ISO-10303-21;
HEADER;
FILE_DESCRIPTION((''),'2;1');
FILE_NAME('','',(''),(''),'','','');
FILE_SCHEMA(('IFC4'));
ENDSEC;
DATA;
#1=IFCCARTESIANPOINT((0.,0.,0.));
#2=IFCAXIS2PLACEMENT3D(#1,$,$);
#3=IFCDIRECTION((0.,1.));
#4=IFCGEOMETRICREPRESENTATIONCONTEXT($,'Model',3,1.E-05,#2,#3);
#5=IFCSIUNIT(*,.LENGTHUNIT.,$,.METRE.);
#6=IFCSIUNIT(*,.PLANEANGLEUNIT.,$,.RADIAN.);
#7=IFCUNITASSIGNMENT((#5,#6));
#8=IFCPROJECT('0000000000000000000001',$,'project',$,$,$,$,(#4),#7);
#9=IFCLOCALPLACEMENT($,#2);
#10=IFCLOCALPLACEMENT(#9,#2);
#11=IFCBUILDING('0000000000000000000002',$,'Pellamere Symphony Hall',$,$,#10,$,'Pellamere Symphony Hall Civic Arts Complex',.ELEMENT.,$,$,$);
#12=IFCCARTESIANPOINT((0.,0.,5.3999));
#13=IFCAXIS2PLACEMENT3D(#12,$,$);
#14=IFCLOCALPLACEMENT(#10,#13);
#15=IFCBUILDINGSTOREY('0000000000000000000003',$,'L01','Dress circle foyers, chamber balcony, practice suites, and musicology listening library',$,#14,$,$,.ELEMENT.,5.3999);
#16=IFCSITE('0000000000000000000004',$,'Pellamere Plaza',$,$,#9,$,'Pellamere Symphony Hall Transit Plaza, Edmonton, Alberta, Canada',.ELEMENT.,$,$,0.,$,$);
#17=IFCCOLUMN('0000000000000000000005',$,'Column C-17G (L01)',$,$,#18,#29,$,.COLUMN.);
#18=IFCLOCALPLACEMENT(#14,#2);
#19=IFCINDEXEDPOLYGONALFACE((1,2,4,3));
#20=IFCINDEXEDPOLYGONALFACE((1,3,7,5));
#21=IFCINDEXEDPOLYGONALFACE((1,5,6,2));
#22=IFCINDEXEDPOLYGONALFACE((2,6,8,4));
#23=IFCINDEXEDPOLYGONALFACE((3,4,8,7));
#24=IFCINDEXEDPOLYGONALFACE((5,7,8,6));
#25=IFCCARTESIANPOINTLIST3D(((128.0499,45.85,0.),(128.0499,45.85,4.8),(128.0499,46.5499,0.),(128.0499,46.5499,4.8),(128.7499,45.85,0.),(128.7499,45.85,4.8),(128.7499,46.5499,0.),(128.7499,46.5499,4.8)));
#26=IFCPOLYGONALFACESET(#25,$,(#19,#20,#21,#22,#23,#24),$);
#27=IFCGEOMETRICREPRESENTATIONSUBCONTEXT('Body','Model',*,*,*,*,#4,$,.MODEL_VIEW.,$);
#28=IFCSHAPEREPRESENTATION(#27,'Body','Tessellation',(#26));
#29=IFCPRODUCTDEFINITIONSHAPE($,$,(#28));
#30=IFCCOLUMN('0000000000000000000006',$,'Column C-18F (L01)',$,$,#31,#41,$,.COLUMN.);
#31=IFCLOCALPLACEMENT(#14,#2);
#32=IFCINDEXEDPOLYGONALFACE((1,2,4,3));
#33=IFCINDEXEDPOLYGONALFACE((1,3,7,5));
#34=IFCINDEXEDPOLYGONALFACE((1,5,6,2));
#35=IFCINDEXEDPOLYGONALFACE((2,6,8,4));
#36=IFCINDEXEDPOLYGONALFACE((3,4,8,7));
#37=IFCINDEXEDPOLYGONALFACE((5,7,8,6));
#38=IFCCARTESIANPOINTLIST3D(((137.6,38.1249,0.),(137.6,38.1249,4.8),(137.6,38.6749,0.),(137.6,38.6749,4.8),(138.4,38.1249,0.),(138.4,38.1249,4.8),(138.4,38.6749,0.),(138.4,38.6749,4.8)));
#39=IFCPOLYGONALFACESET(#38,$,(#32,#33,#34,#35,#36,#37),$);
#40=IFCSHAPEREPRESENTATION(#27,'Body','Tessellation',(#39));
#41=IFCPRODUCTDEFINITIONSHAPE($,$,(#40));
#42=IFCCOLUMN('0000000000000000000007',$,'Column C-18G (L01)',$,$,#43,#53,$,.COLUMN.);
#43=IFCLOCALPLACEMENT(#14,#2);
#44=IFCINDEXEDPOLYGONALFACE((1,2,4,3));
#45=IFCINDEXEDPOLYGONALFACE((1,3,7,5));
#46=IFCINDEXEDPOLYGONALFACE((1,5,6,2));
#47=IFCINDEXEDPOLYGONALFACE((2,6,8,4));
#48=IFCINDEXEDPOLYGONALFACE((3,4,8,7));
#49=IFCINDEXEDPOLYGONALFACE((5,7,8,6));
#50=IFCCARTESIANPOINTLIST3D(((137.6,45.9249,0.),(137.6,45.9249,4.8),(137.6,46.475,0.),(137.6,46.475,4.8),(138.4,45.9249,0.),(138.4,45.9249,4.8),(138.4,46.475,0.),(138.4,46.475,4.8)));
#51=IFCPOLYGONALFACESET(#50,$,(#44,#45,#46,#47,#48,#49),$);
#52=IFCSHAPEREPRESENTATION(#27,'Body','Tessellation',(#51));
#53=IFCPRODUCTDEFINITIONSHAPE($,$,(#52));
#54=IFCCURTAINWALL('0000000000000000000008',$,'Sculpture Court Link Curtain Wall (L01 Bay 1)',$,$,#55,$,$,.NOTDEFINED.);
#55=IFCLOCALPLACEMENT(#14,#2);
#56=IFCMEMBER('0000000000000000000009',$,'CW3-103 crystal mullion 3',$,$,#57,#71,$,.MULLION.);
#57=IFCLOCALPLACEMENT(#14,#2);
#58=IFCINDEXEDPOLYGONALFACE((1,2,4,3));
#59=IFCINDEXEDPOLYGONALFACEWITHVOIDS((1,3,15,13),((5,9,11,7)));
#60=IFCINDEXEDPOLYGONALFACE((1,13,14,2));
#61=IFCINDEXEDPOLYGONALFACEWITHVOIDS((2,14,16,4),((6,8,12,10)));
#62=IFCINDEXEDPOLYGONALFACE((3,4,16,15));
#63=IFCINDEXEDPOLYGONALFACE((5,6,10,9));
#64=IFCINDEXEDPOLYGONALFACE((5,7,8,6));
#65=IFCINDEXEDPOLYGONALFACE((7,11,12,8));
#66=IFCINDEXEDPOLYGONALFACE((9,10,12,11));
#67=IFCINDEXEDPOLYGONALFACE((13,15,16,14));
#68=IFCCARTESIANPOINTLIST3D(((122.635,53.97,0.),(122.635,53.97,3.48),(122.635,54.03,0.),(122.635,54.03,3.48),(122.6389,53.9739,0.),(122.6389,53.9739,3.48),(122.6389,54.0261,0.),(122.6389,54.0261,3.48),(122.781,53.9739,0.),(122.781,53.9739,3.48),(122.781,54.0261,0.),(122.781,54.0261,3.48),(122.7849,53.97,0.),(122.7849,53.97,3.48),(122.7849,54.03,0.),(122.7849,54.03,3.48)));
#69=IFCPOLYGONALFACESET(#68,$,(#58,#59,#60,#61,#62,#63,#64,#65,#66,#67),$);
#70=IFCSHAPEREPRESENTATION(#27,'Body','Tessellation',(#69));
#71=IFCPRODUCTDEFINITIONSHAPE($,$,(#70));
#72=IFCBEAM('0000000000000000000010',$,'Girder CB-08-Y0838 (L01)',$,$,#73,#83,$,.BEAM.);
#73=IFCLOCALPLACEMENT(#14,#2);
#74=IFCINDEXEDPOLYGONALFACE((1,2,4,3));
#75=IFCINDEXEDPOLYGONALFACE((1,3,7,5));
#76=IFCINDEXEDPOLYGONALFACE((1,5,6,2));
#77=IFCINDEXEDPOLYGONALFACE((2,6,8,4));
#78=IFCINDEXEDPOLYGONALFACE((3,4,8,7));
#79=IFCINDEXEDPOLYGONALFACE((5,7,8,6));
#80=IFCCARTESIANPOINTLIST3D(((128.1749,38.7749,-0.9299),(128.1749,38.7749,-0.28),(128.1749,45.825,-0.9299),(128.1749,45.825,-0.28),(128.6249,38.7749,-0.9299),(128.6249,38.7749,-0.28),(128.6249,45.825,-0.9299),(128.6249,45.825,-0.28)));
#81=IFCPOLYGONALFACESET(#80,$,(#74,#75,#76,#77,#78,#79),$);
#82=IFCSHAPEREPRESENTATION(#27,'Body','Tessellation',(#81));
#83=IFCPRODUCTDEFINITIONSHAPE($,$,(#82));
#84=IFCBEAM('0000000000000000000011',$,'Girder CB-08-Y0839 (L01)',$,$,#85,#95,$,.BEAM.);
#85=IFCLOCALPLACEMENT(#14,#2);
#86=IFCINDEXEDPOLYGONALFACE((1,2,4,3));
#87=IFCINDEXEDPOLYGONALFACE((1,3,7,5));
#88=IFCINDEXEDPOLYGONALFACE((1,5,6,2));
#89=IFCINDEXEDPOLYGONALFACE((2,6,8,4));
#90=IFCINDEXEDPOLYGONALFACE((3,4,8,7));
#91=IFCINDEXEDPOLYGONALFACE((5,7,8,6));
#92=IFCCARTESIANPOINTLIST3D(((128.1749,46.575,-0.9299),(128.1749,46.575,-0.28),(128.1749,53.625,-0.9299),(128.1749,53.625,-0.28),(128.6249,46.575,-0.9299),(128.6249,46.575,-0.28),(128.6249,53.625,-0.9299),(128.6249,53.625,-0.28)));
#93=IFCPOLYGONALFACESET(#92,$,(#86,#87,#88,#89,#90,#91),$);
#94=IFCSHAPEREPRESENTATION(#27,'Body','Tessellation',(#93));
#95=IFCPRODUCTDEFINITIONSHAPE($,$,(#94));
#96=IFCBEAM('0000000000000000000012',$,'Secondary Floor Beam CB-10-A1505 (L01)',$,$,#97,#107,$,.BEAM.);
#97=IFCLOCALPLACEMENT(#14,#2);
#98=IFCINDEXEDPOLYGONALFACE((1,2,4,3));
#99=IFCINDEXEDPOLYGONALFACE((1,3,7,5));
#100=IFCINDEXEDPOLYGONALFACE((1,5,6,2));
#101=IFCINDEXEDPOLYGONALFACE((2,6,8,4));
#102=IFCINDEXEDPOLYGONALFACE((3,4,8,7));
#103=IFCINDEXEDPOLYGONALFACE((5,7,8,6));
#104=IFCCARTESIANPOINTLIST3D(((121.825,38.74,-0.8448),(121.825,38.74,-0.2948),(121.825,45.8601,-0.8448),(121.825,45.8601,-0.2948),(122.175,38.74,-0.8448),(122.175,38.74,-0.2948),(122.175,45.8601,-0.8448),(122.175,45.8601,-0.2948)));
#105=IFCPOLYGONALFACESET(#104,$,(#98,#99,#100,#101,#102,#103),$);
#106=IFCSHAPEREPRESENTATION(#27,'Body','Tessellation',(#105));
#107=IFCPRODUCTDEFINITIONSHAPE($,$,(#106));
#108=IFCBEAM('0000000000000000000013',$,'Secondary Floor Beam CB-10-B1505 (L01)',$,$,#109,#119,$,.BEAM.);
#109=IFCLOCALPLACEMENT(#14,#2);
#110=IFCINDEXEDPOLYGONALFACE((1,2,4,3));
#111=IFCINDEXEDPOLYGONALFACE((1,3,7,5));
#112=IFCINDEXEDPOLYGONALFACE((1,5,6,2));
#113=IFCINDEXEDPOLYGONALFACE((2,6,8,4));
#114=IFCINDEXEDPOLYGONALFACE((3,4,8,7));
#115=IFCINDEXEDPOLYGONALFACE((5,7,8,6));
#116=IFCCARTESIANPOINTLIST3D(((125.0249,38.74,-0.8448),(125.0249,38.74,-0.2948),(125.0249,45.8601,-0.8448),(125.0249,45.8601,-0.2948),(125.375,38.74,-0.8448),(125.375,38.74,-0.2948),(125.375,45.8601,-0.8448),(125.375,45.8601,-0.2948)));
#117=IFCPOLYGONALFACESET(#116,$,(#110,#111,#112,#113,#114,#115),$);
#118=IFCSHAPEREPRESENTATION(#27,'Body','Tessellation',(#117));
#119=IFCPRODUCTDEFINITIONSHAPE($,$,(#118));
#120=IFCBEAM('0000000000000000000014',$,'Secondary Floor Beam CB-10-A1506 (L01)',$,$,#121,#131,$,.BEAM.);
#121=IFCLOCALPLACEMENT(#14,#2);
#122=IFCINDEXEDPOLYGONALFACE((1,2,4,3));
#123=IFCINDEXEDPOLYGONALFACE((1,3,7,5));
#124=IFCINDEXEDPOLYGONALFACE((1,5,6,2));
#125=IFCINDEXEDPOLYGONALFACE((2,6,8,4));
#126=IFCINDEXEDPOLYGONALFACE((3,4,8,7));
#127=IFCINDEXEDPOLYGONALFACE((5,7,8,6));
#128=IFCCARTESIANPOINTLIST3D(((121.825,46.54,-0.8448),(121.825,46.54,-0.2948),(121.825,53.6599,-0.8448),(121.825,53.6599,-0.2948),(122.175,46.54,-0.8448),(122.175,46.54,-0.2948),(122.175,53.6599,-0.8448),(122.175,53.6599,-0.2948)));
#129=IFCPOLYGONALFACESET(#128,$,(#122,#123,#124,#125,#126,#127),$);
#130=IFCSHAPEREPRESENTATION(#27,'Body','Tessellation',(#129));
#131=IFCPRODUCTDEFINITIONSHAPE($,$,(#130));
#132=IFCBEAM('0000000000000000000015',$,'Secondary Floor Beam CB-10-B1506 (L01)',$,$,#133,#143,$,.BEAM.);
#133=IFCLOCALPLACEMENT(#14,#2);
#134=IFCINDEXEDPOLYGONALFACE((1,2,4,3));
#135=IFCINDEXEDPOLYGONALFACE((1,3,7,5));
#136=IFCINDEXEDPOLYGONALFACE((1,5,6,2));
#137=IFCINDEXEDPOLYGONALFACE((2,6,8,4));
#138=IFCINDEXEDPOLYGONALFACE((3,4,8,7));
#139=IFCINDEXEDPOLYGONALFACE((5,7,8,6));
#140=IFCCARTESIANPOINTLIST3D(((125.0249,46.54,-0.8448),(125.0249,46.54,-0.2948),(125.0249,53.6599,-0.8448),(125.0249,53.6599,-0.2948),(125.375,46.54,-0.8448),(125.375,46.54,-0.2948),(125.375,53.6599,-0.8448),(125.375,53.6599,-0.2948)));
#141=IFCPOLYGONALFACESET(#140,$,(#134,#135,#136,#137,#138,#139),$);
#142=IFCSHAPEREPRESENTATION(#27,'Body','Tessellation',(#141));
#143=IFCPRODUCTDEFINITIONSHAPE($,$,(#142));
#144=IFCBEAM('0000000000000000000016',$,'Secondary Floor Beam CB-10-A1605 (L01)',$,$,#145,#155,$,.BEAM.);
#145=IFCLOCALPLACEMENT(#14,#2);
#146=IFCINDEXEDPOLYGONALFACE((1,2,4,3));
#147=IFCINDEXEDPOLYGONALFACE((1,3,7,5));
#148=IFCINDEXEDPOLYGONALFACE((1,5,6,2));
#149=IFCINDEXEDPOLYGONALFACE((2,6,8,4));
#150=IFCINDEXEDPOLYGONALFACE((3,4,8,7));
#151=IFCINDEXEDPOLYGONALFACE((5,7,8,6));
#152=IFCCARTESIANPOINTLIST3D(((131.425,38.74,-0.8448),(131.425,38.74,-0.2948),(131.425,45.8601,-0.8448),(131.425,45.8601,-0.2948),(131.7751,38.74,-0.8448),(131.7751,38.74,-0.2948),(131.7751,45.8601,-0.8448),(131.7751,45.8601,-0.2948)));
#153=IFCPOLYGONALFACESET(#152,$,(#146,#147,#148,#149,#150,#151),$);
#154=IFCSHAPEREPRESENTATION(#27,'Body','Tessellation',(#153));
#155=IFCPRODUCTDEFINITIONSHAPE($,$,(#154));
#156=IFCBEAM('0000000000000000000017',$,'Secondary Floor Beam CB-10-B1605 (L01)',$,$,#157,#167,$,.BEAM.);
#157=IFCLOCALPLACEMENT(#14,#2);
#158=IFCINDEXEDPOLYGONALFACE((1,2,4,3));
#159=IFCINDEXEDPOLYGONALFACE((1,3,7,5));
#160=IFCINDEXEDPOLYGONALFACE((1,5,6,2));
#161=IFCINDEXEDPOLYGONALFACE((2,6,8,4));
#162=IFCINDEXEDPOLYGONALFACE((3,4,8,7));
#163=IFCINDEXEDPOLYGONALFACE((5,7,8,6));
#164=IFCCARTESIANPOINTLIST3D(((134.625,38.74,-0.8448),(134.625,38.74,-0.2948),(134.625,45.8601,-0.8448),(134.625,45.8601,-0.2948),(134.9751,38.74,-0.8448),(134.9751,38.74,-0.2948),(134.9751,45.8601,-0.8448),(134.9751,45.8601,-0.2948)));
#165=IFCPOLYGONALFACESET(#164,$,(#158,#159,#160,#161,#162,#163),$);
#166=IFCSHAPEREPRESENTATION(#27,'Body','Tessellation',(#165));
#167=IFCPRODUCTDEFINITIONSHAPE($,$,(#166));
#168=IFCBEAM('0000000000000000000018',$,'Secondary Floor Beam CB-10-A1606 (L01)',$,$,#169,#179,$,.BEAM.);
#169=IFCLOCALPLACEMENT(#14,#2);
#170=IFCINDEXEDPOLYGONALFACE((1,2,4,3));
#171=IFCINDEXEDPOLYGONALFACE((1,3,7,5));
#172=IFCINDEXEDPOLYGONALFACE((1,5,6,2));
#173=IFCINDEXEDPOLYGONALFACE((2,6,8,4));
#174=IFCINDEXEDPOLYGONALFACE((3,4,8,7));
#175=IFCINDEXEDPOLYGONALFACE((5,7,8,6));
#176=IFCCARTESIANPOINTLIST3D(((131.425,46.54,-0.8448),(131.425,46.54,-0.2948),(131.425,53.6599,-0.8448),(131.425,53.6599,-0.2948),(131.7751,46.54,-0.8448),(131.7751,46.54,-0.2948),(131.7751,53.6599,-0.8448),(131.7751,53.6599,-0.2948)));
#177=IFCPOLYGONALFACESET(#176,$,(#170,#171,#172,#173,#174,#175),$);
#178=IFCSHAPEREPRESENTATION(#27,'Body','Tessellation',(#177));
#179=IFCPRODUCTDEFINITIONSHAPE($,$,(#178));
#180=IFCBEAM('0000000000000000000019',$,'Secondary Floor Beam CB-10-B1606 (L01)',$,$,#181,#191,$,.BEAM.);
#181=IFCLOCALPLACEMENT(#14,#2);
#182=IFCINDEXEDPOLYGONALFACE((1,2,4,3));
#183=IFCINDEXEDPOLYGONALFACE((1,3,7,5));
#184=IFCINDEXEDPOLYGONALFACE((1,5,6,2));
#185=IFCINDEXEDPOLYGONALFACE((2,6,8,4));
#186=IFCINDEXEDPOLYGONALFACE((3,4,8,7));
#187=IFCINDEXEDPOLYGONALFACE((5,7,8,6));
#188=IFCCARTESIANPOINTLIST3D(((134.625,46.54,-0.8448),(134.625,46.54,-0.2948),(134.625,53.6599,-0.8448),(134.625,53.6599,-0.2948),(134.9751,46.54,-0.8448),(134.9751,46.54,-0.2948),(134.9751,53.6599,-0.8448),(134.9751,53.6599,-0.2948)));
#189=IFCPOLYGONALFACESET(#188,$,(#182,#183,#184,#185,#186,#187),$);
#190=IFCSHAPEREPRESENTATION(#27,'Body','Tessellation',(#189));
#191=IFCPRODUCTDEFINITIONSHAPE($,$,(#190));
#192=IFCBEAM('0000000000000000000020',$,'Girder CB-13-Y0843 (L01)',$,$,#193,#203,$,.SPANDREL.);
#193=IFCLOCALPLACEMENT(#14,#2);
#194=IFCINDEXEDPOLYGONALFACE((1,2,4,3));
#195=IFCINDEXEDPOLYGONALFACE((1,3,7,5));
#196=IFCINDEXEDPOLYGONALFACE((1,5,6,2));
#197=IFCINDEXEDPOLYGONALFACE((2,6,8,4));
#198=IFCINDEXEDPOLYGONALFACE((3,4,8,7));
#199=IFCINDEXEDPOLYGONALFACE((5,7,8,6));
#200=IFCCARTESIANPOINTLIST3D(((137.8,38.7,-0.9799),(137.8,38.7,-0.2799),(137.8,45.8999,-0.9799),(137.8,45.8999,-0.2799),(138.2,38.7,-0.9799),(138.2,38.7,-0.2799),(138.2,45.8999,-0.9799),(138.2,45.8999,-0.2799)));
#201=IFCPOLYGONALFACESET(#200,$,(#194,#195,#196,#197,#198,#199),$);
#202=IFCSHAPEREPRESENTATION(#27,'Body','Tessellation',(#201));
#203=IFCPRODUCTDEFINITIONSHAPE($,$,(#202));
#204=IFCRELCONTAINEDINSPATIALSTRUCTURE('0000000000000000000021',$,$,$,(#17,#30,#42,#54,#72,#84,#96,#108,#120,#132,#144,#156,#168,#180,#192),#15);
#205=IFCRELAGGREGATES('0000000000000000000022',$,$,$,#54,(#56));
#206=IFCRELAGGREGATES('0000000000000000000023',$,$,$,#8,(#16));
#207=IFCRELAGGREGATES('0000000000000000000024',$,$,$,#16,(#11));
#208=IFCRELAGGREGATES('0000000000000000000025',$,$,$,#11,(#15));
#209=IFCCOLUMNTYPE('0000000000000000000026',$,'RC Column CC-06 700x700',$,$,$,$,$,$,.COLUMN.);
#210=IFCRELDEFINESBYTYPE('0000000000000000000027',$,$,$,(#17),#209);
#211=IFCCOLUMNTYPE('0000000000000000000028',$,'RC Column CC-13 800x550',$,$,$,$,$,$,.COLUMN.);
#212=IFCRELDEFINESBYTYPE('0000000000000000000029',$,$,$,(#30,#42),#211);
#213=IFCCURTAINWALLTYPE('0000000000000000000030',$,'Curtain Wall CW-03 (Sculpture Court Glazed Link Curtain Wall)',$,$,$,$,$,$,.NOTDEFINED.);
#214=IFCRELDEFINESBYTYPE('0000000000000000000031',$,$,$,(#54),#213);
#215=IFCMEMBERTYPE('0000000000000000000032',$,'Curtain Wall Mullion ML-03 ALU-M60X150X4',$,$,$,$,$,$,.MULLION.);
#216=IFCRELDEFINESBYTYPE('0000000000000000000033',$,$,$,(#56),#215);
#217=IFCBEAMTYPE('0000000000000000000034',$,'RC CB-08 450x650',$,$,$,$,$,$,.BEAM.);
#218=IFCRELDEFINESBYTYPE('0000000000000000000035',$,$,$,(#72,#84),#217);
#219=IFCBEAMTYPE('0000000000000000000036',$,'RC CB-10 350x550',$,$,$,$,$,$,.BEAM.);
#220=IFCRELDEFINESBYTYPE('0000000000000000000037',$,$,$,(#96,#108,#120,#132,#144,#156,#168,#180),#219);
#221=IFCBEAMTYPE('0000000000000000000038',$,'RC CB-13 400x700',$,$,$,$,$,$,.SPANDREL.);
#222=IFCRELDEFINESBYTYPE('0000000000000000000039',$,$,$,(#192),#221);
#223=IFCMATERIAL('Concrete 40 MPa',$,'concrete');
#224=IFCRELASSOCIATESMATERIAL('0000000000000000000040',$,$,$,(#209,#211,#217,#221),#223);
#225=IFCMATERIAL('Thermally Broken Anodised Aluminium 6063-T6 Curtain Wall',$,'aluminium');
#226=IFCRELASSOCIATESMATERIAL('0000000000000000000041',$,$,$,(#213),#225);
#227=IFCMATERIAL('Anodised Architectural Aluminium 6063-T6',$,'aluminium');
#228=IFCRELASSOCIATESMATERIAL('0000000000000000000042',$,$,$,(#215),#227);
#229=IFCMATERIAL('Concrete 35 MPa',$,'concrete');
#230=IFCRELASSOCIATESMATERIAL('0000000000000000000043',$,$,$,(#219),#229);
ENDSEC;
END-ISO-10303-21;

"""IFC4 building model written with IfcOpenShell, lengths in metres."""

from ifc_helpers import new_model, si_unit, direction, frame, origin, origin_2d, place, context, subcontext, project, spatial, rectangle, hollow_rectangle, extrude, material, material_profile, profile_set, type_object, element, aggregate, save


model = new_model("IFC4")

# Units and contexts
model_context = context("Model", 3, precision=1e-05, world=origin(), true_north=direction((0.0, 1.0)))
body_context = subcontext(model_context, "Body", "Model", "MODEL_VIEW")
ifc_project = project(units=[si_unit("LENGTHUNIT", "METRE"), si_unit("PLANEANGLEUNIT", "RADIAN")], contexts=[model_context])

# Site, building, storey
site_placement = place(None, origin())
site = spatial("IfcSite", under=ifc_project, at=site_placement, Name="Pellamere Plaza", LongName="Pellamere Symphony Hall Transit Plaza, Edmonton, Alberta, Canada", CompositionType="ELEMENT", RefElevation=0.0)
building_placement = place(site_placement, origin())
building = spatial("IfcBuilding", under=site, at=building_placement, Name="Pellamere Symphony Hall", LongName="Pellamere Symphony Hall Civic Arts Complex", CompositionType="ELEMENT")
storey_placement = place(building_placement, frame((0.0, 0.0, 5.3999)))
storey = spatial("IfcBuildingStorey", under=building, at=storey_placement, Name="L01", Description="Dress circle foyers, chamber balcony, practice suites, and musicology listening library", CompositionType="ELEMENT", Elevation=5.3999)

# Columns
ifc_material_1 = material(Name="Concrete 40 MPa", Category="concrete")
ifc_material_profile_1 = material_profile(ifc_material_1, rectangle(XDim=0.7, YDim=0.7, at=origin_2d()), Name="RC 700x700")
ifc_profile_set_1 = profile_set([ifc_material_profile_1], Name="Concrete 40 MPa")
column_type_1 = type_object("IfcColumnType", Name="RC Column CC-06 700x700", PredefinedType="COLUMN", material=ifc_profile_set_1)
column_placement = place(storey_placement, frame((128.3999, 46.2, 0.0), z_axis=(0.0, 0.0, 1.0), x_axis=(1.0, 0.0, 0.0)))
element("IfcColumn", 1, at=column_placement, inside=storey, type_object=column_type_1, Name="Column C-17G (L01)", PredefinedType="COLUMN", context=body_context, shape_type="SweptSolid", body=[
    extrude(rectangle(XDim=0.7, YDim=0.7, at=origin_2d()), origin(), (0.0, 0.0, 1.0), 4.8),
])
ifc_material_profile_2 = material_profile(ifc_material_1, rectangle(XDim=0.8, YDim=0.55, at=origin_2d()), Name="RC 800x550")
ifc_profile_set_2 = profile_set([ifc_material_profile_2], Name="Concrete 40 MPa")
column_type_2 = type_object("IfcColumnType", Name="RC Column CC-13 800x550", PredefinedType="COLUMN", material=ifc_profile_set_2)
for number, where, z_axis, x_axis, name in (
    (2, (138.0, 38.3999, 0.0), (0.0, 0.0, 1.0), (1.0, 0.0, 0.0), "Column C-18F (L01)"),
    (3, (138.0, 46.2, 0.0), (0.0, 0.0, 1.0), (1.0, 0.0, 0.0), "Column C-18G (L01)"),
):
    element("IfcColumn", number, at=place(storey_placement, frame(where, z_axis=z_axis, x_axis=x_axis)), inside=storey, type_object=column_type_2, Name=name, PredefinedType="COLUMN", context=body_context, shape_type="SweptSolid", body=[
        extrude(rectangle(XDim=0.8, YDim=0.55, at=origin_2d()), origin(), (0.0, 0.0, 1.0), 4.8),
    ])

# Curtain wall, member
ifc_material_2 = material(Name="Thermally Broken Anodised Aluminium 6063-T6 Curtain Wall", Category="aluminium")
curtain_wall_type = type_object("IfcCurtainWallType", Name="Curtain Wall CW-03 (Sculpture Court Glazed Link Curtain Wall)", PredefinedType="NOTDEFINED", material=ifc_material_2)
curtain_wall_placement = place(storey_placement, origin())
curtain_wall = element("IfcCurtainWall", 4, at=curtain_wall_placement, inside=storey, type_object=curtain_wall_type, Name="Sculpture Court Link Curtain Wall (L01 Bay 1)", PredefinedType="NOTDEFINED")
ifc_material_3 = material(Name="Anodised Architectural Aluminium 6063-T6", Category="aluminium")
ifc_material_profile_3 = material_profile(ifc_material_3, hollow_rectangle(XDim=0.0601, YDim=0.1499, WallThickness=0.0039, at=origin_2d()), Name="ALU-M60X150X4")
ifc_profile_set_3 = profile_set([ifc_material_profile_3], Name="Anodised Architectural Aluminium 6063-T6")
member_type = type_object("IfcMemberType", Name="Curtain Wall Mullion ML-03 ALU-M60X150X4", PredefinedType="MULLION", material=ifc_profile_set_3)
member_placement = place(storey_placement, frame((122.71, 54.0, 0.0), z_axis=(0.0, 0.0, 1.0), x_axis=(0.0, 1.0, 0.0)))
member = element("IfcMember", 5, at=member_placement, type_object=member_type, Name="CW3-103 crystal mullion 3", PredefinedType="MULLION", context=body_context, shape_type="SweptSolid", body=[
    extrude(hollow_rectangle(XDim=0.0601, YDim=0.1499, WallThickness=0.0039, at=origin_2d()), origin(), (0.0, 0.0, 1.0), 3.48),
])
aggregate(curtain_wall, [member])

# Beams
ifc_material_profile_4 = material_profile(ifc_material_1, rectangle(XDim=0.45, YDim=0.6499, at=origin_2d()), Name="RC 450x650")
ifc_profile_set_4 = profile_set([ifc_material_profile_4], Name="Concrete 40 MPa")
beam_type_1 = type_object("IfcBeamType", Name="RC CB-08 450x650", PredefinedType="BEAM", material=ifc_profile_set_4)
for number, where, z_axis, x_axis, name in (
    (6, (128.3999, 38.7749, -0.605), (0.0, 1.0, 0.0), (-1.0, 0.0, 0.0), "Girder CB-08-Y0838 (L01)"),
    (7, (128.3999, 46.575, -0.605), (0.0, 1.0, 0.0), (-1.0, 0.0, 0.0), "Girder CB-08-Y0839 (L01)"),
):
    element("IfcBeam", number, at=place(storey_placement, frame(where, z_axis=z_axis, x_axis=x_axis)), inside=storey, type_object=beam_type_1, Name=name, PredefinedType="BEAM", context=body_context, shape_type="SweptSolid", body=[
        extrude(rectangle(XDim=0.45, YDim=0.6499, at=origin_2d()), origin(), (0.0, 0.0, 1.0), 7.05),
    ])
ifc_material_4 = material(Name="Concrete 35 MPa", Category="concrete")
ifc_material_profile_5 = material_profile(ifc_material_4, rectangle(XDim=0.3501, YDim=0.55, at=origin_2d()), Name="RC 350x550")
ifc_profile_set_5 = profile_set([ifc_material_profile_5], Name="Concrete 35 MPa")
beam_type_2 = type_object("IfcBeamType", Name="RC CB-10 350x550", PredefinedType="BEAM", material=ifc_profile_set_5)
for number, where, z_axis, x_axis, name in (
    (8, (122.0, 38.74, -0.5698), (0.0, 1.0, 0.0), (-1.0, 0.0, 0.0), "Secondary Floor Beam CB-10-A1505 (L01)"),
    (9, (125.2, 38.74, -0.5698), (0.0, 1.0, 0.0), (-1.0, 0.0, 0.0), "Secondary Floor Beam CB-10-B1505 (L01)"),
):
    element("IfcBeam", number, at=place(storey_placement, frame(where, z_axis=z_axis, x_axis=x_axis)), inside=storey, type_object=beam_type_2, Name=name, PredefinedType="BEAM", context=body_context, shape_type="SweptSolid", body=[
        extrude(rectangle(XDim=0.3501, YDim=0.55, at=origin_2d()), origin(), (0.0, 0.0, 1.0), 7.1201),
    ])
for number, where, z_axis, x_axis, name in (
    (10, (122.0, 46.54, -0.5698), (0.0, 1.0, 0.0), (-1.0, 0.0, 0.0), "Secondary Floor Beam CB-10-A1506 (L01)"),
    (11, (125.2, 46.54, -0.5698), (0.0, 1.0, 0.0), (-1.0, 0.0, 0.0), "Secondary Floor Beam CB-10-B1506 (L01)"),
):
    element("IfcBeam", number, at=place(storey_placement, frame(where, z_axis=z_axis, x_axis=x_axis)), inside=storey, type_object=beam_type_2, Name=name, PredefinedType="BEAM", context=body_context, shape_type="SweptSolid", body=[
        extrude(rectangle(XDim=0.3501, YDim=0.55, at=origin_2d()), origin(), (0.0, 0.0, 1.0), 7.1199),
    ])
for number, where, z_axis, x_axis, name in (
    (12, (131.6001, 38.74, -0.5698), (0.0, 1.0, 0.0), (-1.0, 0.0, 0.0), "Secondary Floor Beam CB-10-A1605 (L01)"),
    (13, (134.8, 38.74, -0.5698), (0.0, 1.0, 0.0), (-1.0, 0.0, 0.0), "Secondary Floor Beam CB-10-B1605 (L01)"),
):
    element("IfcBeam", number, at=place(storey_placement, frame(where, z_axis=z_axis, x_axis=x_axis)), inside=storey, type_object=beam_type_2, Name=name, PredefinedType="BEAM", context=body_context, shape_type="SweptSolid", body=[
        extrude(rectangle(XDim=0.3501, YDim=0.55, at=origin_2d()), origin(), (0.0, 0.0, 1.0), 7.1201),
    ])
for number, where, z_axis, x_axis, name in (
    (14, (131.6001, 46.54, -0.5698), (0.0, 1.0, 0.0), (-1.0, 0.0, 0.0), "Secondary Floor Beam CB-10-A1606 (L01)"),
    (15, (134.8, 46.54, -0.5698), (0.0, 1.0, 0.0), (-1.0, 0.0, 0.0), "Secondary Floor Beam CB-10-B1606 (L01)"),
):
    element("IfcBeam", number, at=place(storey_placement, frame(where, z_axis=z_axis, x_axis=x_axis)), inside=storey, type_object=beam_type_2, Name=name, PredefinedType="BEAM", context=body_context, shape_type="SweptSolid", body=[
        extrude(rectangle(XDim=0.3501, YDim=0.55, at=origin_2d()), origin(), (0.0, 0.0, 1.0), 7.1199),
    ])
ifc_material_profile_6 = material_profile(ifc_material_1, rectangle(XDim=0.3999, YDim=0.7, at=origin_2d()), Name="RC 400x700")
ifc_profile_set_6 = profile_set([ifc_material_profile_6], Name="Concrete 40 MPa")
beam_type_3 = type_object("IfcBeamType", Name="RC CB-13 400x700", PredefinedType="SPANDREL", material=ifc_profile_set_6)
for number, where, z_axis, x_axis, name in (
    (16, (138.0, 38.7, -0.6299), (0.0, 1.0, 0.0), (-1.0, 0.0, 0.0), "Girder CB-13-Y0843 (L01)"),
):
    element("IfcBeam", number, at=place(storey_placement, frame(where, z_axis=z_axis, x_axis=x_axis)), inside=storey, type_object=beam_type_3, Name=name, PredefinedType="SPANDREL", context=body_context, shape_type="SweptSolid", body=[
        extrude(rectangle(XDim=0.3999, YDim=0.7, at=origin_2d()), origin(), (0.0, 0.0, 1.0), 7.2),
    ])

save(model, "model.ifc")
